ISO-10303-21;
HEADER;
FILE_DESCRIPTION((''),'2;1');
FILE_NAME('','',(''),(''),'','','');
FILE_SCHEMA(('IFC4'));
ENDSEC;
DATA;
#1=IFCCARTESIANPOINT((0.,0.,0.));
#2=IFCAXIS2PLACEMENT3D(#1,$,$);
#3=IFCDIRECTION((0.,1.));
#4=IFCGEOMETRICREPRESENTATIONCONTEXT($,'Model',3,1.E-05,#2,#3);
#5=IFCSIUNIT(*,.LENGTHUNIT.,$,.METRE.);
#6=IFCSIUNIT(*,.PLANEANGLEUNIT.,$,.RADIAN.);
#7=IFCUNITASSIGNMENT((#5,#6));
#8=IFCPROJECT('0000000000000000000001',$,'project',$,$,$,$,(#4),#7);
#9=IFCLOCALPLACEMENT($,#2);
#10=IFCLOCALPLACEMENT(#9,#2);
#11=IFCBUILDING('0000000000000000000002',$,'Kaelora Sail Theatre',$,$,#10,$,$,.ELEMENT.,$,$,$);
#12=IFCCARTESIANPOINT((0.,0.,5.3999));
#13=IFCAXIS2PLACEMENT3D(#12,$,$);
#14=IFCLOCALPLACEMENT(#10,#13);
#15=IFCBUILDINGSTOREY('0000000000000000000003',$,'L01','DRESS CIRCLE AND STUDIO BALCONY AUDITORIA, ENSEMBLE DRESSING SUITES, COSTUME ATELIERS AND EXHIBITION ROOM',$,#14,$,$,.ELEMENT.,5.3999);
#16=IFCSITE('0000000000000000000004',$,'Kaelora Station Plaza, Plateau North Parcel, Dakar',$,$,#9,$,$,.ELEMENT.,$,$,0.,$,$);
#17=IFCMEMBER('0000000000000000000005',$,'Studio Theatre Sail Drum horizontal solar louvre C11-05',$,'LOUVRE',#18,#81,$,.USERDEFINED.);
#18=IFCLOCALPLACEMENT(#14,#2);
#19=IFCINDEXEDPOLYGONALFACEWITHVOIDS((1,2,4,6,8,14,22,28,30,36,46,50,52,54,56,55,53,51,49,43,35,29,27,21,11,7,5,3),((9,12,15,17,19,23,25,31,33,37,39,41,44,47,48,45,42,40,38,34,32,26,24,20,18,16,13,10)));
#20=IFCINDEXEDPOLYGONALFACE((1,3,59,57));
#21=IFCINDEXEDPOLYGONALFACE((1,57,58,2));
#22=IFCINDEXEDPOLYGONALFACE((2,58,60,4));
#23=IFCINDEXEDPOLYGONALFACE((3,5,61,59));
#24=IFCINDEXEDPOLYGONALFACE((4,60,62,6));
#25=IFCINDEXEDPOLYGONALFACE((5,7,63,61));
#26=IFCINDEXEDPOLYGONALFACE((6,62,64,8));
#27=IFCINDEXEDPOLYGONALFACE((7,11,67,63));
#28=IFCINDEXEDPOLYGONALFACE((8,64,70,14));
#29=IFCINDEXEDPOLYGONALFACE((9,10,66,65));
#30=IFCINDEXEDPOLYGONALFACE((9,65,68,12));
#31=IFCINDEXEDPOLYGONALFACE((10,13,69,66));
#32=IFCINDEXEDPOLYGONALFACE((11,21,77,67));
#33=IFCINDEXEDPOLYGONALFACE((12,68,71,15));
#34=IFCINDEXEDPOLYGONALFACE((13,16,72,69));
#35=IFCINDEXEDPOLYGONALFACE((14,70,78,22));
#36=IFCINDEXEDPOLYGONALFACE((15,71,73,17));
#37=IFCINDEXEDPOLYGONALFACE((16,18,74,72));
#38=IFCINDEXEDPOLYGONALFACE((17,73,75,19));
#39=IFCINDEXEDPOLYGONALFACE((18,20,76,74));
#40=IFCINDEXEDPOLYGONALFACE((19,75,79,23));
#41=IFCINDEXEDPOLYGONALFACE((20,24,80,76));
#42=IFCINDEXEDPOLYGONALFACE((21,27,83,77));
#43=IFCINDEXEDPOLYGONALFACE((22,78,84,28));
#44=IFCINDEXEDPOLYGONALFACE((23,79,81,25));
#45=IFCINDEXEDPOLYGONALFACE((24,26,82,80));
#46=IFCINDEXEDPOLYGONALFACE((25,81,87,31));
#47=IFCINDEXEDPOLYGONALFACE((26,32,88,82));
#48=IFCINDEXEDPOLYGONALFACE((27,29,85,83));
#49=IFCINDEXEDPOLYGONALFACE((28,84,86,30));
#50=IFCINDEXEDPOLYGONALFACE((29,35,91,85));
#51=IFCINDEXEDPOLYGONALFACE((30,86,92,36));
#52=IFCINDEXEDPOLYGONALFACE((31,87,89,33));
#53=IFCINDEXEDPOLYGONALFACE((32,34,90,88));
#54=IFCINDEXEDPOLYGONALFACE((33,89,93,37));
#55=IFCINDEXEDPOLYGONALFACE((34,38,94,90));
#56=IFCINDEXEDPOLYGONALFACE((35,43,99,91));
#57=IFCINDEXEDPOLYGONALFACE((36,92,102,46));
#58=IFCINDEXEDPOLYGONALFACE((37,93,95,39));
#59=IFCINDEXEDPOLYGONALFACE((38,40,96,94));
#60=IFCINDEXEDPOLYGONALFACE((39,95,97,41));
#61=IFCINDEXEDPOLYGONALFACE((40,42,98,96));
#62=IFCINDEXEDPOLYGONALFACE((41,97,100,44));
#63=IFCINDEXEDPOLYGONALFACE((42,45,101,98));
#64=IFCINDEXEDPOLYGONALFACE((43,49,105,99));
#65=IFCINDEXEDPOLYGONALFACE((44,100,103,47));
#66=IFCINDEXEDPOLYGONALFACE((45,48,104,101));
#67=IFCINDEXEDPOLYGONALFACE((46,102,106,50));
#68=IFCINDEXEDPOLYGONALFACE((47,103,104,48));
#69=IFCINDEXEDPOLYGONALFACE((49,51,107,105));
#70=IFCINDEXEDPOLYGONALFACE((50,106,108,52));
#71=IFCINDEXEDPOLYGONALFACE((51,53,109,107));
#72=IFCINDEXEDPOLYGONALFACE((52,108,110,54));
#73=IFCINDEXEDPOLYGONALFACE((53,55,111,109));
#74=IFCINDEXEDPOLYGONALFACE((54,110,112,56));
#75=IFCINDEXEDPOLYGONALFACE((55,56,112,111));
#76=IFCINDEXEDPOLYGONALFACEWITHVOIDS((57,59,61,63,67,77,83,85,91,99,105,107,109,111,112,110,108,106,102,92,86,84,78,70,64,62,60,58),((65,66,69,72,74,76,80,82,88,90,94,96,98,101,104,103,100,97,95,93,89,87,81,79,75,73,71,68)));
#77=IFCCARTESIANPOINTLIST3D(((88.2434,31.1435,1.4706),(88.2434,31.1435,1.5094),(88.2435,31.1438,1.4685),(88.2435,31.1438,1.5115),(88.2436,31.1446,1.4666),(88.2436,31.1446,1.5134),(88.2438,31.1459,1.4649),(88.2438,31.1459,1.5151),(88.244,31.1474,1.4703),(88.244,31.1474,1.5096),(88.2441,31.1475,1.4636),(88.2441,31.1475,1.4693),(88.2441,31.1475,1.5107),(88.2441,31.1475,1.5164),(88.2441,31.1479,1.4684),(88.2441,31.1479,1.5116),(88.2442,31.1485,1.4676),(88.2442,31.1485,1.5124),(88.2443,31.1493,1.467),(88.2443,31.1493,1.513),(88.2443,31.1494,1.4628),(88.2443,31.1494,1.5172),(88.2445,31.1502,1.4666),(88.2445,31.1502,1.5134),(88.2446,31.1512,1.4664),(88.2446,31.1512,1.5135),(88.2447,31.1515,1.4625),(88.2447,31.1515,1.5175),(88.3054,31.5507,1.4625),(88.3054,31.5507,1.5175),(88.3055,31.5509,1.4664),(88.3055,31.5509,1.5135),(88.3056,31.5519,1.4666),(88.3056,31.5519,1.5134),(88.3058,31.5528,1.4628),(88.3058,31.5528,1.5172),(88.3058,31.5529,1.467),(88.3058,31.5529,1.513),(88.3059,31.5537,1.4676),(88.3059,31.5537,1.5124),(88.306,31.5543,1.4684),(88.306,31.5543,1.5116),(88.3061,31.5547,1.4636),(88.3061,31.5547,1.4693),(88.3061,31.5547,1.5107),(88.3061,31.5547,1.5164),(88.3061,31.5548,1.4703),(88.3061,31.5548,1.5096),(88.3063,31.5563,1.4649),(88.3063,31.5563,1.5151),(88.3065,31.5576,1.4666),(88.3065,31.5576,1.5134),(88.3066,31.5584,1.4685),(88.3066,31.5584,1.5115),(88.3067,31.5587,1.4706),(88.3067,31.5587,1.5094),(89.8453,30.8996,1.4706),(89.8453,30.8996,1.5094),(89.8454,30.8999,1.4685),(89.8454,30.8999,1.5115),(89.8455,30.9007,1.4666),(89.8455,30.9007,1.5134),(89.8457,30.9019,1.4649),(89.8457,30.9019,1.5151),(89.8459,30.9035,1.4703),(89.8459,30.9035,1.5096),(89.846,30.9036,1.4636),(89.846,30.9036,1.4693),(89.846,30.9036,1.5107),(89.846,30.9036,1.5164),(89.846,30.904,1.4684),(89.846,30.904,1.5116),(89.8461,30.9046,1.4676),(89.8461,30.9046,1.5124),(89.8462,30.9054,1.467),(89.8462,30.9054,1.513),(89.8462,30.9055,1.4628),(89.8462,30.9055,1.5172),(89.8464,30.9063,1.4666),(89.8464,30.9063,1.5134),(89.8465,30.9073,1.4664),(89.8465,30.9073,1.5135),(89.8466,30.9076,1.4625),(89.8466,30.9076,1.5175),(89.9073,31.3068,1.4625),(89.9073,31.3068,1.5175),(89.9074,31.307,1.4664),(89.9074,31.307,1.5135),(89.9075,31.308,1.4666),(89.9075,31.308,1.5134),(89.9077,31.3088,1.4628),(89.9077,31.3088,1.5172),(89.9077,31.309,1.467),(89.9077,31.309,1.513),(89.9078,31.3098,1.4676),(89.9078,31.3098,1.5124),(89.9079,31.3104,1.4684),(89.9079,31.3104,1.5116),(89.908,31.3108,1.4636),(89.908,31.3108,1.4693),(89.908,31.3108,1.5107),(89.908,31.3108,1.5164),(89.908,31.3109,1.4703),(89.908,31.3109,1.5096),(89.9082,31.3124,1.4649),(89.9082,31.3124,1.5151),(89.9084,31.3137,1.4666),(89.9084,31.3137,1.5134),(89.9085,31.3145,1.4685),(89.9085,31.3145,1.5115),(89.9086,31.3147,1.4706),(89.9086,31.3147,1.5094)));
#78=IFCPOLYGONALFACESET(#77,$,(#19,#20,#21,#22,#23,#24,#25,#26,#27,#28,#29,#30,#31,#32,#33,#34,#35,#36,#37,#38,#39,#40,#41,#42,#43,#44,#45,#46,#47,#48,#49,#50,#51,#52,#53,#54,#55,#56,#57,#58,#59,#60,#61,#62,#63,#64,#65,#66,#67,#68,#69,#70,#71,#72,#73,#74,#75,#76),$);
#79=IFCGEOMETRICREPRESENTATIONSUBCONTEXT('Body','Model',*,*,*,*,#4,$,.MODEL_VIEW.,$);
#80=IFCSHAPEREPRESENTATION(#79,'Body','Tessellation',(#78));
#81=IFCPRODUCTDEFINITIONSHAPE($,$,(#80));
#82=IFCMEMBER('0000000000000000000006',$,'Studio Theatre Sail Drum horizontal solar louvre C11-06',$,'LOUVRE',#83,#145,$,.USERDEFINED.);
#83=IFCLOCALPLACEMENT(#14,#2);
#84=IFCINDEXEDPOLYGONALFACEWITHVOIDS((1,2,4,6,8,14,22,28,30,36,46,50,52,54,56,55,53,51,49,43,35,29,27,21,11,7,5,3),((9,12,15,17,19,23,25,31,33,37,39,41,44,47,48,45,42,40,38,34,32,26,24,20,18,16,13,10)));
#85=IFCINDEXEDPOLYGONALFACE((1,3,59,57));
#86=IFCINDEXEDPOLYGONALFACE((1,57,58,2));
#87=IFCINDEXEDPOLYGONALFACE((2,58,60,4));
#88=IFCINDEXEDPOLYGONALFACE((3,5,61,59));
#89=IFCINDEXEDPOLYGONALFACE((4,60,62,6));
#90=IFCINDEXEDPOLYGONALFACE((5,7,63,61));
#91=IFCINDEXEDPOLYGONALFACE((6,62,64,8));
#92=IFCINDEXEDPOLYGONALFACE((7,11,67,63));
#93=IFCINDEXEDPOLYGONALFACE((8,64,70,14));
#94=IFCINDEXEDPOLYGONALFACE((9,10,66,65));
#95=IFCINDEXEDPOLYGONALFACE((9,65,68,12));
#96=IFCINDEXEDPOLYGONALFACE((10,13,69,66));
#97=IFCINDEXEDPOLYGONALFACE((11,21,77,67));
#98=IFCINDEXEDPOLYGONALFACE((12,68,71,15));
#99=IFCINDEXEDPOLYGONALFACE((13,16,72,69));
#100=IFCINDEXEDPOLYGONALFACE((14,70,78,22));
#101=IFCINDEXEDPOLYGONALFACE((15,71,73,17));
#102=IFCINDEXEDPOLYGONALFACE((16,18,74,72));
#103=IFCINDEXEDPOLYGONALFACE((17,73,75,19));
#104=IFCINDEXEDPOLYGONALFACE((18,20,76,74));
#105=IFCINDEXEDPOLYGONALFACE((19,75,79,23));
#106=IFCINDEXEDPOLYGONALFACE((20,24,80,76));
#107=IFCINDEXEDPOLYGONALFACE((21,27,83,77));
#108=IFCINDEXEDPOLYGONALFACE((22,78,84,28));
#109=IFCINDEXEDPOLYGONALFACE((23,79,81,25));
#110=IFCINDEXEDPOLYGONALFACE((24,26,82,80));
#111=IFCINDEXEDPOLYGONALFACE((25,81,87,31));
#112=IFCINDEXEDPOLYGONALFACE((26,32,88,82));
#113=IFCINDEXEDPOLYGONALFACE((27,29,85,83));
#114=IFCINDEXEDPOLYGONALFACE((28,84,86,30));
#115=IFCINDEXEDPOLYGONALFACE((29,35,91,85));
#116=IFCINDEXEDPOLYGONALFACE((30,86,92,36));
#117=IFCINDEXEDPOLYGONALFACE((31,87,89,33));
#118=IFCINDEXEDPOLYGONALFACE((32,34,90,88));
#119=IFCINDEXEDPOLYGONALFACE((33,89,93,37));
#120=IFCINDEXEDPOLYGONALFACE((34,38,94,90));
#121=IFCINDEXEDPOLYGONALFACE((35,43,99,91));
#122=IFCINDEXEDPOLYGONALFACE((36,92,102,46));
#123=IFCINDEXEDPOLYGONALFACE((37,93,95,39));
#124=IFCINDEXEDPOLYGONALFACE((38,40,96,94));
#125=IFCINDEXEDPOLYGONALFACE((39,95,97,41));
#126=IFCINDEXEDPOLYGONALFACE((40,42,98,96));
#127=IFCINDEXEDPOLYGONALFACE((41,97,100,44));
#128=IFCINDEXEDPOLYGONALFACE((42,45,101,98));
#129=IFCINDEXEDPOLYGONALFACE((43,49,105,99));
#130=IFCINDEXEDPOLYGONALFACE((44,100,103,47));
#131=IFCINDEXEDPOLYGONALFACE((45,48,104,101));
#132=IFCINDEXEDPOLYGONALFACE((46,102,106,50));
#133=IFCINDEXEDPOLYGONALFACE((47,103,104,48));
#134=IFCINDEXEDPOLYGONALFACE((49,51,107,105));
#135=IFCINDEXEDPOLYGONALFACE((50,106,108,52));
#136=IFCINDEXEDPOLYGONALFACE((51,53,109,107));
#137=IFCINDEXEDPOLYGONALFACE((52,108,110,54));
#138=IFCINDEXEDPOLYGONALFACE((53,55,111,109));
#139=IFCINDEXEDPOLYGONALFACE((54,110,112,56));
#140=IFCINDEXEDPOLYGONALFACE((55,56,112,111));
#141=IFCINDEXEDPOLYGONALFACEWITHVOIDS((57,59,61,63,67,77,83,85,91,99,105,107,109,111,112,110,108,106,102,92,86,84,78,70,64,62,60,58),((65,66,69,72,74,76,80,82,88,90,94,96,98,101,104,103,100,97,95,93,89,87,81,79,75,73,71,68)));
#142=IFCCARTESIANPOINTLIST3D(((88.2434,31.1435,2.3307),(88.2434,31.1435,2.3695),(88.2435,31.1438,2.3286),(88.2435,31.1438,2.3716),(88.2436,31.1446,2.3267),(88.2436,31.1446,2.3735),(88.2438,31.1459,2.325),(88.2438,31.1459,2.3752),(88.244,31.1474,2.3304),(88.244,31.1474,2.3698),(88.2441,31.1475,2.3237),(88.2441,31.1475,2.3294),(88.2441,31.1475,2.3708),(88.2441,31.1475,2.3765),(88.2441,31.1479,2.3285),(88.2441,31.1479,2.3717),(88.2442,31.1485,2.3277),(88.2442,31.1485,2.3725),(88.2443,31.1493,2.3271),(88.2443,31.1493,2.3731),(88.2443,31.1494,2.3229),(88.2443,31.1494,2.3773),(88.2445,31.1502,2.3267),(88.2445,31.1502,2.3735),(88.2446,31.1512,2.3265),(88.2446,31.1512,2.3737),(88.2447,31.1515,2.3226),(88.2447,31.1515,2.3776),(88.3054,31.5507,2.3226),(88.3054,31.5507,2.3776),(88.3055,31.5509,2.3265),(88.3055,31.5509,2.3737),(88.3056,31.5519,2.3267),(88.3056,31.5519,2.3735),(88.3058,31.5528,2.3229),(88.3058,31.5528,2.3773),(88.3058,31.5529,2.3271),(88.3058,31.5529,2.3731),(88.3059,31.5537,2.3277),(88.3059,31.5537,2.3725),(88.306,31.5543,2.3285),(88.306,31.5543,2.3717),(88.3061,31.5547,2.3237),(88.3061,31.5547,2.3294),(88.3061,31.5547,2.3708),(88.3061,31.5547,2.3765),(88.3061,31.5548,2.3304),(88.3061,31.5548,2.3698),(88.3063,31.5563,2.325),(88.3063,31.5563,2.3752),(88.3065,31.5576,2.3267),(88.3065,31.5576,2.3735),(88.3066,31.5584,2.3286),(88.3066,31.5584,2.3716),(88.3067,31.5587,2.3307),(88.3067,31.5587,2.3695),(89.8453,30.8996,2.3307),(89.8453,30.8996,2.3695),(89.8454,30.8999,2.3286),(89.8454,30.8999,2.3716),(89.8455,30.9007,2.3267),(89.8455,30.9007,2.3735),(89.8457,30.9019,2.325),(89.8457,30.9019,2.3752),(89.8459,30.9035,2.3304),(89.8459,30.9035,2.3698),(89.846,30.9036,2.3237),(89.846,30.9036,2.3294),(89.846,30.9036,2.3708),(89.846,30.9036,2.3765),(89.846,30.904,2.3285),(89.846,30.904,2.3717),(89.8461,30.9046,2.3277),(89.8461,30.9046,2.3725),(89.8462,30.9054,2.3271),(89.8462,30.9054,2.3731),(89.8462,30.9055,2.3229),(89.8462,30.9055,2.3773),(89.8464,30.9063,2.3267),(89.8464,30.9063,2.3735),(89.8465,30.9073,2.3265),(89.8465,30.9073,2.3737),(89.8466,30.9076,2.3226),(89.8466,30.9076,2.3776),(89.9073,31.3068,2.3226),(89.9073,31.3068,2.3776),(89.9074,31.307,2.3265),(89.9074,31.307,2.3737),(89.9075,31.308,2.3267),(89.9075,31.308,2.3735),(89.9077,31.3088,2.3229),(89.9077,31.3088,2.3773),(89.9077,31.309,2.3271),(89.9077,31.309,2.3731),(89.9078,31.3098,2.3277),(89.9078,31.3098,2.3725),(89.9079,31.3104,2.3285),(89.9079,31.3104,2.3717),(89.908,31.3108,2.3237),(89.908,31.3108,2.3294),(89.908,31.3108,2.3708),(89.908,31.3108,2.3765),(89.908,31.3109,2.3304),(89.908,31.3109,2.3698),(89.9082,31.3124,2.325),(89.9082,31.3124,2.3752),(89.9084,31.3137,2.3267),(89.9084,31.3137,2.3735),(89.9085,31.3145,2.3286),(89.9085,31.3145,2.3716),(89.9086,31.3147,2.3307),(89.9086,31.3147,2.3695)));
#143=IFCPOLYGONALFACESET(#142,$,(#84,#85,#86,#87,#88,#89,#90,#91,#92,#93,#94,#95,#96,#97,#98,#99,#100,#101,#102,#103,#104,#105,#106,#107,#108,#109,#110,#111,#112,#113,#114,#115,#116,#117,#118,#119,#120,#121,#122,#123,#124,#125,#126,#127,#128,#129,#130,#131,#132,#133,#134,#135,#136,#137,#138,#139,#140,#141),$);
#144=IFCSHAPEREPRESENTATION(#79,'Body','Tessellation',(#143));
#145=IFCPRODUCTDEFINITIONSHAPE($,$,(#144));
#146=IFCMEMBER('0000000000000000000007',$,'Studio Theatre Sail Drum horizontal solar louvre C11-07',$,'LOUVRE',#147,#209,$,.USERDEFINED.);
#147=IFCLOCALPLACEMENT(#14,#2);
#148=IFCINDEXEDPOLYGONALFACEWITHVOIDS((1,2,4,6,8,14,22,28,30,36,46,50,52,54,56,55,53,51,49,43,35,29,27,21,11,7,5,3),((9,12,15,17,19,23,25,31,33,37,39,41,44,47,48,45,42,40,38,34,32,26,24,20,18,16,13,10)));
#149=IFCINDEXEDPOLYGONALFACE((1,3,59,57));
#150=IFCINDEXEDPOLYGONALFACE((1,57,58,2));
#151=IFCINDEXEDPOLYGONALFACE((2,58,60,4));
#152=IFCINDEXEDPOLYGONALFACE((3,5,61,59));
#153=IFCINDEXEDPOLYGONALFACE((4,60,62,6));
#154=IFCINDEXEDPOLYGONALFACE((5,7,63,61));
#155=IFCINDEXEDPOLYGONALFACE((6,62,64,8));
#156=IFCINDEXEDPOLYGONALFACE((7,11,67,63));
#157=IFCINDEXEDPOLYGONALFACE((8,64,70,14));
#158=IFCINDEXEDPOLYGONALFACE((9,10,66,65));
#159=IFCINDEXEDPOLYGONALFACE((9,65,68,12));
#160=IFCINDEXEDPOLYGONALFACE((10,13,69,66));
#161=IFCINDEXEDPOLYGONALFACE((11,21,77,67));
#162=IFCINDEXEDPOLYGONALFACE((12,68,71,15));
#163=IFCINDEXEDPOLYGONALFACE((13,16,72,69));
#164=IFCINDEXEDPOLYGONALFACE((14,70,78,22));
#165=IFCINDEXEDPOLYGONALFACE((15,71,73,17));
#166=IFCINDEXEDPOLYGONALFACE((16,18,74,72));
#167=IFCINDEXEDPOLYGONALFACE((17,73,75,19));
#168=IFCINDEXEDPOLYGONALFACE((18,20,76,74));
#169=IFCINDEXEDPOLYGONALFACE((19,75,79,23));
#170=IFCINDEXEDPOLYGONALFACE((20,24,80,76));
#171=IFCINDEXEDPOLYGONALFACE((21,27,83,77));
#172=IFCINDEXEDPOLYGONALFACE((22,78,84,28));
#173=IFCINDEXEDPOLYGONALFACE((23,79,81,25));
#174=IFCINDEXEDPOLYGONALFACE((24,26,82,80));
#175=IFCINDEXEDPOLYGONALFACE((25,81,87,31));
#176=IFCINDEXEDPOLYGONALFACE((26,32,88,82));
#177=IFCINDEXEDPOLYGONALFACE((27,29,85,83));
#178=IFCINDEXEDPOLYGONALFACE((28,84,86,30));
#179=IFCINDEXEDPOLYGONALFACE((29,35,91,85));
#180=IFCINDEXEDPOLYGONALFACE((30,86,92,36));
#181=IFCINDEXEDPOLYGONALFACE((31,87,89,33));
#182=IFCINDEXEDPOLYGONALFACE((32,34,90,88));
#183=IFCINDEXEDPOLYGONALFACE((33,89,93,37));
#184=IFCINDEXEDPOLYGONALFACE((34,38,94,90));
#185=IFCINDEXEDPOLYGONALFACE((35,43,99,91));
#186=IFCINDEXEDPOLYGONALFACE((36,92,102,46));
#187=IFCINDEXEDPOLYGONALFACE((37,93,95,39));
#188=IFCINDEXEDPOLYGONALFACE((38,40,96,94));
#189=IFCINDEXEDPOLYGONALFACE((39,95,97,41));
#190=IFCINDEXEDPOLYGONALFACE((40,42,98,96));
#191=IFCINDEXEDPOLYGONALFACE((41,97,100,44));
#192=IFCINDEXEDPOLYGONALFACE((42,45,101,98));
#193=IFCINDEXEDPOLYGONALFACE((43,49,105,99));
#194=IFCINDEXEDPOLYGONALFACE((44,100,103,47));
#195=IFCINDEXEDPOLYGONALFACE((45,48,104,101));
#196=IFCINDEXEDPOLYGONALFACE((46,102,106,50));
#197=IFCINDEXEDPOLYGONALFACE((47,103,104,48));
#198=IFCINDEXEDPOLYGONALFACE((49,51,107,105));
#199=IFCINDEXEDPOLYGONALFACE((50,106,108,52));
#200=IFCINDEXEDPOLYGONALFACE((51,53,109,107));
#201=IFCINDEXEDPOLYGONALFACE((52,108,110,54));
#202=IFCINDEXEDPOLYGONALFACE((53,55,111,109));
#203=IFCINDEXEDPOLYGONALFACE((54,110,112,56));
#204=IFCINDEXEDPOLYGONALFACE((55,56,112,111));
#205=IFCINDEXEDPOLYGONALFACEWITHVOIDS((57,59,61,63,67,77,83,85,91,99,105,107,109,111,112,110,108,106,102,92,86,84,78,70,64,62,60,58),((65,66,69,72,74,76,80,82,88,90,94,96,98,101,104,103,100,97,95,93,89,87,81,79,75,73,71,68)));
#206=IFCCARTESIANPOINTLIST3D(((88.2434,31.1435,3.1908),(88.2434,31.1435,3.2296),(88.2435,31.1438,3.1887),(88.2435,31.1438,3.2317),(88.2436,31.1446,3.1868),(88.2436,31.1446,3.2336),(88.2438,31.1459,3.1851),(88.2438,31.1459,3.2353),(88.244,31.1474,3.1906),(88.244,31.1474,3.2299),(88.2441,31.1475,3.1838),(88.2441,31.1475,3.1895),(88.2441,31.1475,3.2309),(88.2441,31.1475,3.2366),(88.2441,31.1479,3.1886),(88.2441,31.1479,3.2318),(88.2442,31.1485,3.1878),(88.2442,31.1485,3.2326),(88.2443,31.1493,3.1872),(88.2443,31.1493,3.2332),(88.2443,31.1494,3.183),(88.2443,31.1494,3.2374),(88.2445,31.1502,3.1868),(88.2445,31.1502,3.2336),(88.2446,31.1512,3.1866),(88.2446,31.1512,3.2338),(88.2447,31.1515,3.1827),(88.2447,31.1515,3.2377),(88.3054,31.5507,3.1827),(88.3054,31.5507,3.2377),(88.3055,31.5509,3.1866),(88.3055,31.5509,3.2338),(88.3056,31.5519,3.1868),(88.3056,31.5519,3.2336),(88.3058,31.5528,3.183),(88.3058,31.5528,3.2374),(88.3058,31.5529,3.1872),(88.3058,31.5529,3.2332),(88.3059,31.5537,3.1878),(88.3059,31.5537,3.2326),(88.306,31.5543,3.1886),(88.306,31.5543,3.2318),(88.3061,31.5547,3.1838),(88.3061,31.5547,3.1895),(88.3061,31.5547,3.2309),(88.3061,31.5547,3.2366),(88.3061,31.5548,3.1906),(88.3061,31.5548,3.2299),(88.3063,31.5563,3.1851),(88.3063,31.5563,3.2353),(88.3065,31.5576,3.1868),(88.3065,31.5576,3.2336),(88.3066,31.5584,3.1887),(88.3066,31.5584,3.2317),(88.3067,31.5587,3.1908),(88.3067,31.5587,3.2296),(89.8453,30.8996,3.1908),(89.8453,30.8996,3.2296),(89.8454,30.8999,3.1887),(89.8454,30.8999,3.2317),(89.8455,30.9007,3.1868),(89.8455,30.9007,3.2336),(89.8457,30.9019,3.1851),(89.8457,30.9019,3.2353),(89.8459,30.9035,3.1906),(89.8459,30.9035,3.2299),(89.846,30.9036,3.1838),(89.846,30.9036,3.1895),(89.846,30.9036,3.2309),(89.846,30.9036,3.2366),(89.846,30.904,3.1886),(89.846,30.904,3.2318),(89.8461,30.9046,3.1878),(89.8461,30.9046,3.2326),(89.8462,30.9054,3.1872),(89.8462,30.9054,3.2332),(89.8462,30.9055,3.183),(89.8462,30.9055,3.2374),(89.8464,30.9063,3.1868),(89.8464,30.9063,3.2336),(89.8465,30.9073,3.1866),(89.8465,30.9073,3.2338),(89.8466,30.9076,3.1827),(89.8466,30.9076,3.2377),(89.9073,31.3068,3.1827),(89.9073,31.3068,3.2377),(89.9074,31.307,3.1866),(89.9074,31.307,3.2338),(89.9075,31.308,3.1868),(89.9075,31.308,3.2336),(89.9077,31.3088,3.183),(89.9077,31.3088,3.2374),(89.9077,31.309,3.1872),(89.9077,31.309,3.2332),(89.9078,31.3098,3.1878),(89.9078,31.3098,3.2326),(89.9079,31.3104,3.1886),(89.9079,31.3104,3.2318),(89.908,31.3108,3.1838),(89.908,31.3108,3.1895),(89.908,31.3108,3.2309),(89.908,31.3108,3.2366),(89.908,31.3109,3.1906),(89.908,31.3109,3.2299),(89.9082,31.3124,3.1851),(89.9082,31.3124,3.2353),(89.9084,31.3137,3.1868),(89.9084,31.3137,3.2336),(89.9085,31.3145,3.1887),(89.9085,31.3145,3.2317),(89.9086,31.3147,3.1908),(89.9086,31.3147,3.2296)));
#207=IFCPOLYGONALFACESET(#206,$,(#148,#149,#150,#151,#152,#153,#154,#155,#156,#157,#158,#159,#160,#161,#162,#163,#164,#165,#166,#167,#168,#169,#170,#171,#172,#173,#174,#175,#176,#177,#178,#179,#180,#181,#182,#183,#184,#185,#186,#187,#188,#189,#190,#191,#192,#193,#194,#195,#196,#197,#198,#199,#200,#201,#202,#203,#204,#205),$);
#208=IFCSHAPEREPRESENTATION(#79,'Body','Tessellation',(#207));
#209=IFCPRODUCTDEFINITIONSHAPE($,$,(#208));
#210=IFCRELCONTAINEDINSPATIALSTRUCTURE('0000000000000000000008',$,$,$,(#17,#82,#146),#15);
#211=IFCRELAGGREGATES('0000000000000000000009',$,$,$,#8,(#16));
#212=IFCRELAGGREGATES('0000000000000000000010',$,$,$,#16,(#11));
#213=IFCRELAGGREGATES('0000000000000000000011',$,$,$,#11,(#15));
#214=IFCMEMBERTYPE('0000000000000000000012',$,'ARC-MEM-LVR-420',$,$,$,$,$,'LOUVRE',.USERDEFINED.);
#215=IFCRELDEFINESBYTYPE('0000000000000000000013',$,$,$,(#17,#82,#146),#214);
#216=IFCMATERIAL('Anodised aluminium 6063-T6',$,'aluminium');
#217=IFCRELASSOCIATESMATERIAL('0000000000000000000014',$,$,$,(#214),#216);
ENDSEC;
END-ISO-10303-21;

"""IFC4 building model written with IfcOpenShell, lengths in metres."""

from ifc_helpers import new_model, si_unit, direction, frame, origin, origin_2d, place, context, subcontext, project, spatial, hollow_rectangle, extrude, material, material_profile, profile_set, type_object, element, save


model = new_model("IFC4")

# Units and contexts
model_context = context("Model", 3, precision=1e-05, world=origin(), true_north=direction((0.0, 1.0)))
body_context = subcontext(model_context, "Body", "Model", "MODEL_VIEW")
ifc_project = project(units=[si_unit("LENGTHUNIT", "METRE"), si_unit("PLANEANGLEUNIT", "RADIAN")], contexts=[model_context])

# Site, building, storey
site_placement = place(None, origin())
site = spatial("IfcSite", under=ifc_project, at=site_placement, Name="Kaelora Station Plaza, Plateau North Parcel, Dakar", CompositionType="ELEMENT", RefElevation=0.0)
building_placement = place(site_placement, origin())
building = spatial("IfcBuilding", under=site, at=building_placement, Name="Kaelora Sail Theatre", CompositionType="ELEMENT")
storey_placement = place(building_placement, frame((0.0, 0.0, 5.3999)))
storey = spatial("IfcBuildingStorey", under=building, at=storey_placement, Name="L01", Description="DRESS CIRCLE AND STUDIO BALCONY AUDITORIA, ENSEMBLE DRESSING SUITES, COSTUME ATELIERS AND EXHIBITION ROOM", CompositionType="ELEMENT", Elevation=5.3999)

# Members
ifc_material_1 = material(Name="Anodised aluminium 6063-T6", Category="aluminium")
ifc_material_profile_1 = material_profile(ifc_material_1, hollow_rectangle(XDim=0.4199, YDim=0.0549, WallThickness=0.0039, InnerFilletRadius=0.0039, OuterFilletRadius=0.0081, at=origin_2d()), Name="LOUVRE 420x55x4")
ifc_profile_set_1 = profile_set([ifc_material_profile_1], Name="Anodised aluminium 6063-T6")
member_type = type_object("IfcMemberType", Name="ARC-MEM-LVR-420", ElementType="LOUVRE", PredefinedType="USERDEFINED", material=ifc_profile_set_1)
for number, where, z_axis, x_axis, name in (
    (1, (89.877, 31.1072, 1.49), (-0.988606, 0.150528, 0.0), (-0.150528, -0.988606, 0.0), "Studio Theatre Sail Drum horizontal solar louvre C11-05"),
    (2, (89.877, 31.1072, 2.3501), (-0.988606, 0.150528, 0.0), (-0.150528, -0.988606, 0.0), "Studio Theatre Sail Drum horizontal solar louvre C11-06"),
    (3, (89.877, 31.1072, 3.2102), (-0.988606, 0.150528, 0.0), (-0.150528, -0.988606, 0.0), "Studio Theatre Sail Drum horizontal solar louvre C11-07"),
):
    element("IfcMember", number, at=place(storey_placement, frame(where, z_axis=z_axis, x_axis=x_axis)), inside=storey, type_object=member_type, Name=name, ObjectType="LOUVRE", PredefinedType="USERDEFINED", context=body_context, shape_type="SweptSolid", body=[
        extrude(hollow_rectangle(XDim=0.4199, YDim=0.0549, WallThickness=0.0039, InnerFilletRadius=0.0039, OuterFilletRadius=0.0081, at=origin_2d()), origin(), (0.0, 0.0, 1.0), 1.6204),
    ])

save(model, "model.ifc")
